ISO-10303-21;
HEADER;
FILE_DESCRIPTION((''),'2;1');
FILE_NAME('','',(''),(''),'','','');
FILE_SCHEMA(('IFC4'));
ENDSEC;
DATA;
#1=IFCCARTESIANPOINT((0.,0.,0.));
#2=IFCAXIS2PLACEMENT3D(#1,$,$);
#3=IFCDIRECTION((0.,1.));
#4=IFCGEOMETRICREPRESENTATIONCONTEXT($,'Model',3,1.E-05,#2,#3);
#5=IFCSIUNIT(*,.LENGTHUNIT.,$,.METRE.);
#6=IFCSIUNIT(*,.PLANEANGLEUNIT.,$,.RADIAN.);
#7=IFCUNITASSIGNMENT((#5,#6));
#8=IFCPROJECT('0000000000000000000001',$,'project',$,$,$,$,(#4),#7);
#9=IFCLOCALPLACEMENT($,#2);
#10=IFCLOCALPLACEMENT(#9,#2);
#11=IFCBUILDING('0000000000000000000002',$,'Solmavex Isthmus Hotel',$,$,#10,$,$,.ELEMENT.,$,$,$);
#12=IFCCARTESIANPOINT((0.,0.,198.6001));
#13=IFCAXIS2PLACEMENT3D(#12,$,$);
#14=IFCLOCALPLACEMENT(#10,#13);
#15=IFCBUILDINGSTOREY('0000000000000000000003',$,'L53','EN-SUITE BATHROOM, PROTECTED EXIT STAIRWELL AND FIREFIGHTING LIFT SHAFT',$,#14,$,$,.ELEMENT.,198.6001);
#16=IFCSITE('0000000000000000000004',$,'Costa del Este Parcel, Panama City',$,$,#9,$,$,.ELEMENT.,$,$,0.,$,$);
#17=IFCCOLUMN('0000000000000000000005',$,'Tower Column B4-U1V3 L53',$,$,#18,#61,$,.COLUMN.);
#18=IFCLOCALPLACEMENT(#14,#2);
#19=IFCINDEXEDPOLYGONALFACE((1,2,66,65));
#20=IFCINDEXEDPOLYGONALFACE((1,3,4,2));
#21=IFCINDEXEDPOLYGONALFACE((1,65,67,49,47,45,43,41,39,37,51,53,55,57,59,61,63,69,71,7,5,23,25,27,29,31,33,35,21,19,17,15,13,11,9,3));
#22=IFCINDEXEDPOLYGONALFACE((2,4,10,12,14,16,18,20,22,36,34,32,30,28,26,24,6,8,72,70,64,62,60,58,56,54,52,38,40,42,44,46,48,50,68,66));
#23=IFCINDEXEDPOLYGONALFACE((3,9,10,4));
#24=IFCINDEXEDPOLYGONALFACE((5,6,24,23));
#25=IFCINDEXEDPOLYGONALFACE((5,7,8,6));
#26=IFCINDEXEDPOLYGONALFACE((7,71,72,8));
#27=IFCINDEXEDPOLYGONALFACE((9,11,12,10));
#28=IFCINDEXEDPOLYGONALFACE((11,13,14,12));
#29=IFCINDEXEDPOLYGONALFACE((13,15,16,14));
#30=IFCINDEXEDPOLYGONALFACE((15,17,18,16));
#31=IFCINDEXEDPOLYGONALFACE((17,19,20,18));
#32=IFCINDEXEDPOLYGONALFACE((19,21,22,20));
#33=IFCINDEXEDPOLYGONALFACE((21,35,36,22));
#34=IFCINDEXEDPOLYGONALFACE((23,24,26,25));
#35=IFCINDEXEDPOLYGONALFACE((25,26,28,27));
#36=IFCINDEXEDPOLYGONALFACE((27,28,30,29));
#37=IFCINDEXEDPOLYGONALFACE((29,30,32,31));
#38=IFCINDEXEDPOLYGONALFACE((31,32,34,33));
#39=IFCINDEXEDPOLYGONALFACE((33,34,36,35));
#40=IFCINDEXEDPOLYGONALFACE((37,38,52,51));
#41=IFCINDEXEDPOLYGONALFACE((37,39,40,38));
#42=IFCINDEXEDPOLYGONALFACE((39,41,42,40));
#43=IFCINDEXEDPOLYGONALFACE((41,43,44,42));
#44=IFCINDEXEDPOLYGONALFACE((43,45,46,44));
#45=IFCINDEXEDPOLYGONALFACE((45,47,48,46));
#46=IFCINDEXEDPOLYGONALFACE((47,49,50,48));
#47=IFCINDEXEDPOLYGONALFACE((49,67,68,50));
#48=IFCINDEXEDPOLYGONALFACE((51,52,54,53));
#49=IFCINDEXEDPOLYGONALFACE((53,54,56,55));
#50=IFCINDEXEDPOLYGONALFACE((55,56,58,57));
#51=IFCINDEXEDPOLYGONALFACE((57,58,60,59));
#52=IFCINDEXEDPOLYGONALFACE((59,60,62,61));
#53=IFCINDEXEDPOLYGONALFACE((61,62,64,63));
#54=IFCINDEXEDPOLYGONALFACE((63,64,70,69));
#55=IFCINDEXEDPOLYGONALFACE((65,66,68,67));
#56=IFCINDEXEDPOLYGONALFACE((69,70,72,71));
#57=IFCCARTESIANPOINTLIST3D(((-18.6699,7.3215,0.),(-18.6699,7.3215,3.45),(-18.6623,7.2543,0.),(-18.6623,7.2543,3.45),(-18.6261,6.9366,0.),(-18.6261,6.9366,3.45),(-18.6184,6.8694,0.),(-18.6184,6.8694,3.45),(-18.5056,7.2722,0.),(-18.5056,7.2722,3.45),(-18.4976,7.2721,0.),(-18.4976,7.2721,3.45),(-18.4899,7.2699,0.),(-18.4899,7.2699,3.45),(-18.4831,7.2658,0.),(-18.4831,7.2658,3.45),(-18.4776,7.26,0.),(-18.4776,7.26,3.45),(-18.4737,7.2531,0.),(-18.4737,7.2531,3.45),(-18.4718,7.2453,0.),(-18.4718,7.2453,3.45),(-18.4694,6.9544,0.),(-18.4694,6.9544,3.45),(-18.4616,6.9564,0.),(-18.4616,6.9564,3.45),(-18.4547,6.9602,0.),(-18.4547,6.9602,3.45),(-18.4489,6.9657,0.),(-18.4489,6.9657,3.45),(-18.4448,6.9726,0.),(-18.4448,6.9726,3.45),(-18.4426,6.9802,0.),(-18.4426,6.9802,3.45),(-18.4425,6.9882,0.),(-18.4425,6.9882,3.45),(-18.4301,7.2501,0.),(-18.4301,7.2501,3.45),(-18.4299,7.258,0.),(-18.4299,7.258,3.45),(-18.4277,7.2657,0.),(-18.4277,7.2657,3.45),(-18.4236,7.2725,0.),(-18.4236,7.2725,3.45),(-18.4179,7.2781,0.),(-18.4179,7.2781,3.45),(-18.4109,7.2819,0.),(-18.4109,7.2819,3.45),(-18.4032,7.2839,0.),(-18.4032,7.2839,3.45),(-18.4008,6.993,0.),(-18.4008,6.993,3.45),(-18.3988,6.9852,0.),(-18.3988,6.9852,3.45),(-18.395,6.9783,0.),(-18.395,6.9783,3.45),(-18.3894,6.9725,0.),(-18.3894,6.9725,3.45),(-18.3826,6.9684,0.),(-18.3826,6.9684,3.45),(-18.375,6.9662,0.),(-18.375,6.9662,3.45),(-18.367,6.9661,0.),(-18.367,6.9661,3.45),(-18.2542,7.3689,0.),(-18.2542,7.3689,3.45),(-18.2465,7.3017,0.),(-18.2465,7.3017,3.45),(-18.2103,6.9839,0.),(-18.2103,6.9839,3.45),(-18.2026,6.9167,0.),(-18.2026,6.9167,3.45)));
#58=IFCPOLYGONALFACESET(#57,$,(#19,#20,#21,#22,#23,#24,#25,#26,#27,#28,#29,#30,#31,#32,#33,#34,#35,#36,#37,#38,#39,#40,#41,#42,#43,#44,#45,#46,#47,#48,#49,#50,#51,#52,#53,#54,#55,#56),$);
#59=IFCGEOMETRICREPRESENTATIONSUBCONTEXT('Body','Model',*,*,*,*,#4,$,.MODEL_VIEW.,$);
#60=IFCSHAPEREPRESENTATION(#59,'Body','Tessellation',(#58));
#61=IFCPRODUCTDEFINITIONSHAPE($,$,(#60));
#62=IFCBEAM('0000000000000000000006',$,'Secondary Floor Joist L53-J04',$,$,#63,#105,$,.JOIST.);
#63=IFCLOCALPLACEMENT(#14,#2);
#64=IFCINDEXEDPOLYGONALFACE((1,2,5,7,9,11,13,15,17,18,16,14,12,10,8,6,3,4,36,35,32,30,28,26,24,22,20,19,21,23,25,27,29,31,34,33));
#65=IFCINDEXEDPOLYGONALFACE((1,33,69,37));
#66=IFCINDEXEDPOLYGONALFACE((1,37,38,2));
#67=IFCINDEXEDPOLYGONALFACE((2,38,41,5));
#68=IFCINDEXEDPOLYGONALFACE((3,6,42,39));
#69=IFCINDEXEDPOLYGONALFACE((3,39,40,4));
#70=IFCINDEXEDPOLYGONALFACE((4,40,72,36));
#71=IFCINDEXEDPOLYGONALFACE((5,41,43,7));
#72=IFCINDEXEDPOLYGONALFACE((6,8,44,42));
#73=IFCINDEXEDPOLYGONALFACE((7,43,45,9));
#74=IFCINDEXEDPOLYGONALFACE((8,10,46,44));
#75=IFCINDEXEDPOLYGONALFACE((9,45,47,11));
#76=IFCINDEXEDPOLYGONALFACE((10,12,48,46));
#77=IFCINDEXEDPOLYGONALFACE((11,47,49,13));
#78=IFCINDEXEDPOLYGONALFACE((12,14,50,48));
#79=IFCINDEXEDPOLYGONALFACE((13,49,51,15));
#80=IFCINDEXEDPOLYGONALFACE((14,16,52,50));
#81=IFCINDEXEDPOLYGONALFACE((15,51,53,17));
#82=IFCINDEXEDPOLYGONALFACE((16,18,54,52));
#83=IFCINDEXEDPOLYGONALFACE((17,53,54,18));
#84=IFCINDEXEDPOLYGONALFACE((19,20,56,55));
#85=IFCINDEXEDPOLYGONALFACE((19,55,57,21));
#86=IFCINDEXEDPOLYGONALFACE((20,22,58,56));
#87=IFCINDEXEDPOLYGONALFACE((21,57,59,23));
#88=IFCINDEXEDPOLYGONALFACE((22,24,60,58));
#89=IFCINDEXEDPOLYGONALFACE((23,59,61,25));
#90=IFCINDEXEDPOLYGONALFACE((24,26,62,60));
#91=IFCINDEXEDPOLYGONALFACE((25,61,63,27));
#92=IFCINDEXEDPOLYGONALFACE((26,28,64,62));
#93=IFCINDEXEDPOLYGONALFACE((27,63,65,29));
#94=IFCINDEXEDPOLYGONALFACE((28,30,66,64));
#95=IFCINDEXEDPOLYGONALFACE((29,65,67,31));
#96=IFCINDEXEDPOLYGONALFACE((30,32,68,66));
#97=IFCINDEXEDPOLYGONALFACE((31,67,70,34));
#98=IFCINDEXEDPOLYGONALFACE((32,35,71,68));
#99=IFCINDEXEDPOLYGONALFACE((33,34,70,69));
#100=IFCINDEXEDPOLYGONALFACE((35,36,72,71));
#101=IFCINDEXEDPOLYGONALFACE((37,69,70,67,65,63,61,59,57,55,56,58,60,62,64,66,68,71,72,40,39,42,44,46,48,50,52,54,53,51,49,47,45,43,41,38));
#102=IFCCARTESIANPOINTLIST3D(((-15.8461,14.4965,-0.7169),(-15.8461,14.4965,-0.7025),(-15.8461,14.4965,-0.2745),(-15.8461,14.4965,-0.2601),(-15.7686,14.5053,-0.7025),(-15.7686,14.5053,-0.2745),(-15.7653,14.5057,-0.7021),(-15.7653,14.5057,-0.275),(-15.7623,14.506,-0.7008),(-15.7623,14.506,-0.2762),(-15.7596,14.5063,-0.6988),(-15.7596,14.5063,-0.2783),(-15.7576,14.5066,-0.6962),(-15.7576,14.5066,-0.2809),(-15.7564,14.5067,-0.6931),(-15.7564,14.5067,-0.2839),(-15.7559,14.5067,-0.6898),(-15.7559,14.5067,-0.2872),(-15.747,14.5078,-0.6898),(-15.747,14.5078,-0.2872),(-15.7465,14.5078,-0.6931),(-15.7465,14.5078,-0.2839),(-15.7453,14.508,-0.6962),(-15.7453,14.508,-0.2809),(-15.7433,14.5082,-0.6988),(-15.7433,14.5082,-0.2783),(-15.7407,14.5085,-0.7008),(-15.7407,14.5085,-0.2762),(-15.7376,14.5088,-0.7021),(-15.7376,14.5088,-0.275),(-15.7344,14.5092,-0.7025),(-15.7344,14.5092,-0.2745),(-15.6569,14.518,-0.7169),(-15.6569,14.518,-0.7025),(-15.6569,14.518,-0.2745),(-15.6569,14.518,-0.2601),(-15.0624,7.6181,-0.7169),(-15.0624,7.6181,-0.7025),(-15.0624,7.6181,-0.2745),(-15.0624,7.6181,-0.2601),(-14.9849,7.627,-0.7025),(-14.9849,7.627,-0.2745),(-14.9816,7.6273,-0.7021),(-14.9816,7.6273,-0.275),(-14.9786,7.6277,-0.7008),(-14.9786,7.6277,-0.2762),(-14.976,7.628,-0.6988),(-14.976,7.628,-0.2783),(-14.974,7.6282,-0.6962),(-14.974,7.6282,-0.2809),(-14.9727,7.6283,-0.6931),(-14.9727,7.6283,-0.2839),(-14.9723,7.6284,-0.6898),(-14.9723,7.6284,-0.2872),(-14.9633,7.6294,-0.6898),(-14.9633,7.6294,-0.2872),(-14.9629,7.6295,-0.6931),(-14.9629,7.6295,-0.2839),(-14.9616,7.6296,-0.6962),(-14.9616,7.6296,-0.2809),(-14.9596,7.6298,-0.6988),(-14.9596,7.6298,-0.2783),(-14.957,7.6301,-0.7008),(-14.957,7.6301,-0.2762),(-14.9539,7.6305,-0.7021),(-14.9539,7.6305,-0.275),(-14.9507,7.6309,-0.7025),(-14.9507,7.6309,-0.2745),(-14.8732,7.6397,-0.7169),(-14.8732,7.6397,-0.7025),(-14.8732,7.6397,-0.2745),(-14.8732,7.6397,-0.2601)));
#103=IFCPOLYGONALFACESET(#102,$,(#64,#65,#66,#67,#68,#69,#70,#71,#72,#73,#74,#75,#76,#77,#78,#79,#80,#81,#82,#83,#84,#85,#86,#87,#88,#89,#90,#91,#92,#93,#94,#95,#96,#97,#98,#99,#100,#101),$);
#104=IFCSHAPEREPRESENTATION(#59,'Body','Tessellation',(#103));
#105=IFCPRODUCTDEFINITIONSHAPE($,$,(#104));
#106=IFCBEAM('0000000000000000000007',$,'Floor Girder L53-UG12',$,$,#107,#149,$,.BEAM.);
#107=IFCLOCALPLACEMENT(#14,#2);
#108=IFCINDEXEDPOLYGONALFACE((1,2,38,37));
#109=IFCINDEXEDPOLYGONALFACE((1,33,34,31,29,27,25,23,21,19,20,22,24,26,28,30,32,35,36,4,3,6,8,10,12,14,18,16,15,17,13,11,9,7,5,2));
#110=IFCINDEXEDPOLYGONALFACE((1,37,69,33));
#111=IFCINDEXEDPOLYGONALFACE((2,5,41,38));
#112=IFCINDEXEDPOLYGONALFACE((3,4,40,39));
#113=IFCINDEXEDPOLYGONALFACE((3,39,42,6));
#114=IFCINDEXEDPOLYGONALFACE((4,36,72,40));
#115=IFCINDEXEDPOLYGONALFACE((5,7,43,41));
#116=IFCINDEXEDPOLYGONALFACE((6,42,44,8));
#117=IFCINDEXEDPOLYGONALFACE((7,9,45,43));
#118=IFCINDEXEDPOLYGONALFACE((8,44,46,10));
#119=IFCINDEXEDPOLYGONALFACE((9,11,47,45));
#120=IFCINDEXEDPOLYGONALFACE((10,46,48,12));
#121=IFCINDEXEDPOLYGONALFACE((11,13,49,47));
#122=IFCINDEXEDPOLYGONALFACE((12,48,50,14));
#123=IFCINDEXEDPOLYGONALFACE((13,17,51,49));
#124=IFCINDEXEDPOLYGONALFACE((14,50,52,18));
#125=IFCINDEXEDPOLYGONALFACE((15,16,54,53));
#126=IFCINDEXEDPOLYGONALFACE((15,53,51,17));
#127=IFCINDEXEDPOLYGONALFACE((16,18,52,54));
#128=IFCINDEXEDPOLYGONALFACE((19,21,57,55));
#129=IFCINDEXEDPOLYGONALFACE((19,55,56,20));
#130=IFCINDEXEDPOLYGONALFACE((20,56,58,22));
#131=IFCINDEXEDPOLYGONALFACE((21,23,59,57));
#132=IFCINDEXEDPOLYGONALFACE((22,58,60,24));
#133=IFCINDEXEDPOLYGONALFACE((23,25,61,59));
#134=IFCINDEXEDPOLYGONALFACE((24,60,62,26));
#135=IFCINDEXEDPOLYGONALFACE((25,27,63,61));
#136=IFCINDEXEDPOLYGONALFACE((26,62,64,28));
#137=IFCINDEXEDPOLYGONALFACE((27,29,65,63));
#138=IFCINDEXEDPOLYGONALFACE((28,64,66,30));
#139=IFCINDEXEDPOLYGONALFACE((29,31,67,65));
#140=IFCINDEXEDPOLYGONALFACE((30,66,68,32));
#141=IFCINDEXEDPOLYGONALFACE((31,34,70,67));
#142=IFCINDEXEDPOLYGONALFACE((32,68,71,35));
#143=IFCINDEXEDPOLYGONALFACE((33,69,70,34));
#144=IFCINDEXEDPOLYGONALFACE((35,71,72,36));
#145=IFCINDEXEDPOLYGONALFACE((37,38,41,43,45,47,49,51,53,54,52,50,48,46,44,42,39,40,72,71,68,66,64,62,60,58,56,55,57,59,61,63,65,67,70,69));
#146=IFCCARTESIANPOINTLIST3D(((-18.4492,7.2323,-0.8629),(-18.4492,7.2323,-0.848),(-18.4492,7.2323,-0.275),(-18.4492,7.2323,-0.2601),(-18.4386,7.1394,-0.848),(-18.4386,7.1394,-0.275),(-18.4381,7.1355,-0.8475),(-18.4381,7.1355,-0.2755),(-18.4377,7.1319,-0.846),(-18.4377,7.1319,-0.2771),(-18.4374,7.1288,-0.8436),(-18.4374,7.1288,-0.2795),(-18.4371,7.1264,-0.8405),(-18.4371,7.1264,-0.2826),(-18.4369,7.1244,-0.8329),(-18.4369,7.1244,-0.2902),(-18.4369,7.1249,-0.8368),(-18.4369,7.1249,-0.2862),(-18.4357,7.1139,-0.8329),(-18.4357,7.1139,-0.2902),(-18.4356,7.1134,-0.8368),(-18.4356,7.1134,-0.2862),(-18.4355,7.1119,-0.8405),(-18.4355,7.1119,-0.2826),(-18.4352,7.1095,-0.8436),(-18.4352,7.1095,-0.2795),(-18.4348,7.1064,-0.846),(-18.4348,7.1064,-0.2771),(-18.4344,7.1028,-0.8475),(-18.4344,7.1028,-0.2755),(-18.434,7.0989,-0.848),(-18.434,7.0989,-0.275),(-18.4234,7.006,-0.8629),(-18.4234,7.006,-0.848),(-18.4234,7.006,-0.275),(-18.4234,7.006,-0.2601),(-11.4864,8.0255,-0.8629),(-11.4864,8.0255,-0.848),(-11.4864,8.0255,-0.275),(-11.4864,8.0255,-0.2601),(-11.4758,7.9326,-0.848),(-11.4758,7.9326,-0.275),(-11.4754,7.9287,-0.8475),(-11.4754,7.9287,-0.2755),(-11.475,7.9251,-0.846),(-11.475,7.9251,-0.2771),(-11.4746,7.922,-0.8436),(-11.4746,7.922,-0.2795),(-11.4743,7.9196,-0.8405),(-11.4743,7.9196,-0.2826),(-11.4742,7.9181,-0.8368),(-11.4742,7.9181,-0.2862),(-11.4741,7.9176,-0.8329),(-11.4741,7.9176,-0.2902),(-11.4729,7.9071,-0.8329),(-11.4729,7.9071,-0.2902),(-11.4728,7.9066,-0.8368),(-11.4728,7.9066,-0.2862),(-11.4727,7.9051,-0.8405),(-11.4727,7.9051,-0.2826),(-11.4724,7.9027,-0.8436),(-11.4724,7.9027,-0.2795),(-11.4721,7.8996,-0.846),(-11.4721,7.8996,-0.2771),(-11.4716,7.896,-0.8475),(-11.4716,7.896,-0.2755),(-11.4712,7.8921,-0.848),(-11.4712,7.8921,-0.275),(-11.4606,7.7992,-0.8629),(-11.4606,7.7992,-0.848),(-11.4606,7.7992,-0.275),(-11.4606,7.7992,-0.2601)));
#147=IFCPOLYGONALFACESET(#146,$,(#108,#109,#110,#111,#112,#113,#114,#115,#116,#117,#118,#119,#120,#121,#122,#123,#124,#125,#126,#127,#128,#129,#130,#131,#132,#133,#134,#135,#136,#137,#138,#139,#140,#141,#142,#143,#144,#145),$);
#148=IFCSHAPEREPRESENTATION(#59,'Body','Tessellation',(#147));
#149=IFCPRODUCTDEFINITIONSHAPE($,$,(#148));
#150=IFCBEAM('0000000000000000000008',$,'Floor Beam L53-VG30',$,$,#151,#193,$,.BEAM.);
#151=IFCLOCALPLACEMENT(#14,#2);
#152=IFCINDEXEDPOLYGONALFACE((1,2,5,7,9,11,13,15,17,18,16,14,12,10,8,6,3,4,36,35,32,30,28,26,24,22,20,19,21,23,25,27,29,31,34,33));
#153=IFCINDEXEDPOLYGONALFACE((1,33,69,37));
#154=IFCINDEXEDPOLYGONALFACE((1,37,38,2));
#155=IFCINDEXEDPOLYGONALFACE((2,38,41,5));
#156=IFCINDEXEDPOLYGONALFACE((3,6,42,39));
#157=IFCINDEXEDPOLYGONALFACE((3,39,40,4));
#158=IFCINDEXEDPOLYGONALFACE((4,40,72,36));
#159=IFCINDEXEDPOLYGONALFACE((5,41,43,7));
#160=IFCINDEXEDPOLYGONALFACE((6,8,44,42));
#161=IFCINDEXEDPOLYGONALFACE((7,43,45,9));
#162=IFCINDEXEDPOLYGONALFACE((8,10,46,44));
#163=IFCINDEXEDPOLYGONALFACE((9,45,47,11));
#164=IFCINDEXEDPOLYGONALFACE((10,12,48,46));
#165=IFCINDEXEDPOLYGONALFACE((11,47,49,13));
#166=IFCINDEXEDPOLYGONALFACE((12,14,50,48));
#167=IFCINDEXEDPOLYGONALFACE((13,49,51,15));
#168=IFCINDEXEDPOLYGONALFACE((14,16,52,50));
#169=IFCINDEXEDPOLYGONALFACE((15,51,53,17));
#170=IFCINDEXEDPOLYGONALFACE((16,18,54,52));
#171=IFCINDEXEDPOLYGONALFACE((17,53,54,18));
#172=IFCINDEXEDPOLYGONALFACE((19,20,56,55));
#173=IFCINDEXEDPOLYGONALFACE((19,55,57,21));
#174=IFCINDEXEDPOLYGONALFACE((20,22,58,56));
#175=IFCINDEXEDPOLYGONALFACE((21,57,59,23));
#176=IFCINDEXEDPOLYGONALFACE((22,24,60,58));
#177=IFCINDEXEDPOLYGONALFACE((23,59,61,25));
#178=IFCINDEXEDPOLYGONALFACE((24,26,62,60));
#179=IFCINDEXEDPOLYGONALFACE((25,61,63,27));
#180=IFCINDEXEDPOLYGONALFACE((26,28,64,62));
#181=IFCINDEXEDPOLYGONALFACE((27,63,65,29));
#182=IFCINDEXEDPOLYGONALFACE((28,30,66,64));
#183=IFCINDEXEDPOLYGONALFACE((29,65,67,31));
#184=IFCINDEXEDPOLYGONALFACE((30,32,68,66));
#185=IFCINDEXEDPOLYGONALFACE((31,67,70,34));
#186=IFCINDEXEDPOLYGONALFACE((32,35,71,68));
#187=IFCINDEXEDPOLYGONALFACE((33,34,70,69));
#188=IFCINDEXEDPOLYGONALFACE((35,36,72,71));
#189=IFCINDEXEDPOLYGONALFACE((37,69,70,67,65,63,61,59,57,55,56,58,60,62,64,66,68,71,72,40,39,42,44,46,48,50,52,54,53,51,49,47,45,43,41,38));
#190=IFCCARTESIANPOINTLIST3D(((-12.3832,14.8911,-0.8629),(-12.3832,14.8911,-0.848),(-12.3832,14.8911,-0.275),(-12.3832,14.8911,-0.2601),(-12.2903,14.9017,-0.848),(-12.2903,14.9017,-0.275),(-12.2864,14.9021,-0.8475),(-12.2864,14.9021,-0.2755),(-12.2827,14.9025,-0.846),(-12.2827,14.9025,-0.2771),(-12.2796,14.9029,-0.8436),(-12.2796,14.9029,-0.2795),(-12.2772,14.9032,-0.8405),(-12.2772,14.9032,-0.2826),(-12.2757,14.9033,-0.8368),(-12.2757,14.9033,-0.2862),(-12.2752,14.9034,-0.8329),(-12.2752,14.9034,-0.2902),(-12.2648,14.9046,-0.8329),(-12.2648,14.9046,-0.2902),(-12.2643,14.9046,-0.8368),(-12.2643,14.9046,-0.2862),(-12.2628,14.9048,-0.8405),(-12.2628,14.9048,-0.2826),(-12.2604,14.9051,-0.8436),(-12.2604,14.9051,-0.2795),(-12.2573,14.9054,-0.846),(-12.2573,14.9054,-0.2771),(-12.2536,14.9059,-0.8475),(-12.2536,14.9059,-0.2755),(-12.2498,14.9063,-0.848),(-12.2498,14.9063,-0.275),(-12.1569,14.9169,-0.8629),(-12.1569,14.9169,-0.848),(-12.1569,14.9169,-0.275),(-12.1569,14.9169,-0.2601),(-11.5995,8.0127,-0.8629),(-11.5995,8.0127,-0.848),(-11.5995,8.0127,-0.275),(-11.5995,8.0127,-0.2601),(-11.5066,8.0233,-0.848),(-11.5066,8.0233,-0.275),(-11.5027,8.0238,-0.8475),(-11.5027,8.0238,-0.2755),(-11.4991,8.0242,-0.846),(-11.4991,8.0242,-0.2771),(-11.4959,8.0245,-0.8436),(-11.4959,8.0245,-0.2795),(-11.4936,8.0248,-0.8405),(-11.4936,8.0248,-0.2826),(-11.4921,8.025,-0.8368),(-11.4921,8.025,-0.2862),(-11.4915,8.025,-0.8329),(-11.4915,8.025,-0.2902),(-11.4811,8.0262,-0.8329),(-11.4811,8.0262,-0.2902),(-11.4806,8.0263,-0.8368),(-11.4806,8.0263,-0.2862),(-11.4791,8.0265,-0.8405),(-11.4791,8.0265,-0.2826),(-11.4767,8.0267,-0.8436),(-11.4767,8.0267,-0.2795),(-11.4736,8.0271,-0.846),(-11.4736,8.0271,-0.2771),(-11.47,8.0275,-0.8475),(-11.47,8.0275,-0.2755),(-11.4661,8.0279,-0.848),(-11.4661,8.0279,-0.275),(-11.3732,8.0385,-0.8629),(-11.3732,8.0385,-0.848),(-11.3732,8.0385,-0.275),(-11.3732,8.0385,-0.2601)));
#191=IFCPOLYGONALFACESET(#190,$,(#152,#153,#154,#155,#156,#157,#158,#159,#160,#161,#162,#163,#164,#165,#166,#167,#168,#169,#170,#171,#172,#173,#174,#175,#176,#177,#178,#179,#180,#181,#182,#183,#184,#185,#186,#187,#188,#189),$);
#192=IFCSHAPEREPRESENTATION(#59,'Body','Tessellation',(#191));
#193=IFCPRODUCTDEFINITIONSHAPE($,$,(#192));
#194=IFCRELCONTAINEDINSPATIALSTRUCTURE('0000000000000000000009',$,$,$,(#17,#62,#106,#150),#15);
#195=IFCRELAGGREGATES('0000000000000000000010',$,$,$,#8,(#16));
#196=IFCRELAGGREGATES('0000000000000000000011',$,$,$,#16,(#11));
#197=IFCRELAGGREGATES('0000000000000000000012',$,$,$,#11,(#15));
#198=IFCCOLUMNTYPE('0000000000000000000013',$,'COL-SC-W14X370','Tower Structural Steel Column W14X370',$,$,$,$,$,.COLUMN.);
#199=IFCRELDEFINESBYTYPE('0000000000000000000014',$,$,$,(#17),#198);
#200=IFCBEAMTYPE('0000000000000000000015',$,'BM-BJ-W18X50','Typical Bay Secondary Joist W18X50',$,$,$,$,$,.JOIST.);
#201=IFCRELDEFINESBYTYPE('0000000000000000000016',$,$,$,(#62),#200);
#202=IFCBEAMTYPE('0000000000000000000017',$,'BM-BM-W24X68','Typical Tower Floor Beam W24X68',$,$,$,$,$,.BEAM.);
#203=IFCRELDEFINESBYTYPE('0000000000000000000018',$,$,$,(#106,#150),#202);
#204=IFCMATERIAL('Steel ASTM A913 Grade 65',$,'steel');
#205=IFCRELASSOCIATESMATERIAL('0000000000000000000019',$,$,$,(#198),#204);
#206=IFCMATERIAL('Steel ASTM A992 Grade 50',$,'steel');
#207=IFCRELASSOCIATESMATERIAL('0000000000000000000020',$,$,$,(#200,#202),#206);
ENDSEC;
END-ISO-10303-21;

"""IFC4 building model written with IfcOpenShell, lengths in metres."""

from ifc_helpers import new_model, si_unit, direction, frame, origin, origin_2d, place, context, subcontext, project, spatial, i_section, extrude, material, material_profile, profile_set, type_object, element, save


model = new_model("IFC4")

# Units and contexts
model_context = context("Model", 3, precision=1e-05, world=origin(), true_north=direction((0.0, 1.0)))
body_context = subcontext(model_context, "Body", "Model", "MODEL_VIEW")
ifc_project = project(units=[si_unit("LENGTHUNIT", "METRE"), si_unit("PLANEANGLEUNIT", "RADIAN")], contexts=[model_context])

# Site, building, storey
site_placement = place(None, origin())
site = spatial("IfcSite", under=ifc_project, at=site_placement, Name="Costa del Este Parcel, Panama City", CompositionType="ELEMENT", RefElevation=0.0)
building_placement = place(site_placement, origin())
building = spatial("IfcBuilding", under=site, at=building_placement, Name="Solmavex Isthmus Hotel", CompositionType="ELEMENT")
storey_placement = place(building_placement, frame((0.0, 0.0, 198.6001)))
storey = spatial("IfcBuildingStorey", under=building, at=storey_placement, Name="L53", Description="EN-SUITE BATHROOM, PROTECTED EXIT STAIRWELL AND FIREFIGHTING LIFT SHAFT", CompositionType="ELEMENT", Elevation=198.6001)

# Column
ifc_material_1 = material(Name="Steel ASTM A913 Grade 65", Category="steel")
ifc_material_profile_1 = material_profile(ifc_material_1, i_section(OverallWidth=0.4185, OverallDepth=0.4551, WebThickness=0.042, FlangeThickness=0.0676, FilletRadius=0.0305, at=origin_2d()), Name="W14X370")
ifc_profile_set_1 = profile_set([ifc_material_profile_1], Name="Steel ASTM A913 Grade 65")
column_type = type_object("IfcColumnType", Name="COL-SC-W14X370", Description="Tower Structural Steel Column W14X370", PredefinedType="COLUMN", material=ifc_profile_set_1)
column_placement = place(storey_placement, frame((-18.4363, 7.1191, 0.0), z_axis=(0.0, 0.0, 1.0), x_axis=(0.993572, 0.113203, 0.0)))
element("IfcColumn", 1, at=column_placement, inside=storey, type_object=column_type, Name="Tower Column B4-U1V3 L53", PredefinedType="COLUMN", context=body_context, shape_type="SweptSolid", body=[
    extrude(i_section(OverallWidth=0.4185, OverallDepth=0.4551, WebThickness=0.042, FlangeThickness=0.0676, FilletRadius=0.0305, at=origin_2d()), origin(), (0.0, 0.0, 1.0), 3.45),
])

# Beams
ifc_material_2 = material(Name="Steel ASTM A992 Grade 50", Category="steel")
ifc_material_profile_2 = material_profile(ifc_material_2, i_section(OverallWidth=0.1904, OverallDepth=0.4568, WebThickness=0.009, FlangeThickness=0.0144, FilletRadius=0.0127, at=origin_2d()), Name="W18X50")
ifc_profile_set_2 = profile_set([ifc_material_profile_2], Name="Steel ASTM A992 Grade 50")
beam_type_1 = type_object("IfcBeamType", Name="BM-BJ-W18X50", Description="Typical Bay Secondary Joist W18X50", PredefinedType="JOIST", material=ifc_profile_set_2)
beam_1_placement = place(storey_placement, frame((-14.9678, 7.6289, -0.4885), z_axis=(-0.113202, 0.993572, 0.0), x_axis=(-0.993572, -0.113202, 0.0)))
element("IfcBeam", 2, at=beam_1_placement, inside=storey, type_object=beam_type_1, Name="Secondary Floor Joist L53-J04", PredefinedType="JOIST", context=body_context, shape_type="SweptSolid", body=[
    extrude(i_section(OverallWidth=0.1904, OverallDepth=0.4568, WebThickness=0.009, FlangeThickness=0.0144, FilletRadius=0.0127, at=origin_2d()), origin(), (0.0, 0.0, 1.0), 6.9229),
])
ifc_material_profile_3 = material_profile(ifc_material_2, i_section(OverallWidth=0.2278, OverallDepth=0.6028, WebThickness=0.0105, FlangeThickness=0.0149, FilletRadius=0.0151, at=origin_2d()), Name="W24X68")
ifc_profile_set_3 = profile_set([ifc_material_profile_3], Name="Steel ASTM A992 Grade 50")
beam_type_2 = type_object("IfcBeamType", Name="BM-BM-W24X68", Description="Typical Tower Floor Beam W24X68", PredefinedType="BEAM", material=ifc_profile_set_3)
beam_2_placement = place(storey_placement, frame((-18.4363, 7.1191, -0.5615), z_axis=(0.993574, 0.113188, 0.0), x_axis=(-0.113188, 0.993574, 0.0)))
element("IfcBeam", 3, at=beam_2_placement, inside=storey, type_object=beam_type_2, Name="Floor Girder L53-UG12", PredefinedType="BEAM", context=body_context, shape_type="SweptSolid", body=[
    extrude(i_section(OverallWidth=0.2278, OverallDepth=0.6028, WebThickness=0.0105, FlangeThickness=0.0149, FilletRadius=0.0151, at=origin_2d()), origin(), (0.0, 0.0, 1.0), 7.0078),
])
beam_3_placement = place(storey_placement, frame((-11.4863, 8.0256, -0.5615), z_axis=(-0.113202, 0.993572, 0.0), x_axis=(-0.993572, -0.113202, 0.0)))
element("IfcBeam", 4, at=beam_3_placement, inside=storey, type_object=beam_type_2, Name="Floor Beam L53-VG30", PredefinedType="BEAM", context=body_context, shape_type="SweptSolid", body=[
    extrude(i_section(OverallWidth=0.2278, OverallDepth=0.6028, WebThickness=0.0105, FlangeThickness=0.0149, FilletRadius=0.0151, at=origin_2d()), origin(), (0.0, 0.0, 1.0), 6.9229),
])

save(model, "model.ifc")
